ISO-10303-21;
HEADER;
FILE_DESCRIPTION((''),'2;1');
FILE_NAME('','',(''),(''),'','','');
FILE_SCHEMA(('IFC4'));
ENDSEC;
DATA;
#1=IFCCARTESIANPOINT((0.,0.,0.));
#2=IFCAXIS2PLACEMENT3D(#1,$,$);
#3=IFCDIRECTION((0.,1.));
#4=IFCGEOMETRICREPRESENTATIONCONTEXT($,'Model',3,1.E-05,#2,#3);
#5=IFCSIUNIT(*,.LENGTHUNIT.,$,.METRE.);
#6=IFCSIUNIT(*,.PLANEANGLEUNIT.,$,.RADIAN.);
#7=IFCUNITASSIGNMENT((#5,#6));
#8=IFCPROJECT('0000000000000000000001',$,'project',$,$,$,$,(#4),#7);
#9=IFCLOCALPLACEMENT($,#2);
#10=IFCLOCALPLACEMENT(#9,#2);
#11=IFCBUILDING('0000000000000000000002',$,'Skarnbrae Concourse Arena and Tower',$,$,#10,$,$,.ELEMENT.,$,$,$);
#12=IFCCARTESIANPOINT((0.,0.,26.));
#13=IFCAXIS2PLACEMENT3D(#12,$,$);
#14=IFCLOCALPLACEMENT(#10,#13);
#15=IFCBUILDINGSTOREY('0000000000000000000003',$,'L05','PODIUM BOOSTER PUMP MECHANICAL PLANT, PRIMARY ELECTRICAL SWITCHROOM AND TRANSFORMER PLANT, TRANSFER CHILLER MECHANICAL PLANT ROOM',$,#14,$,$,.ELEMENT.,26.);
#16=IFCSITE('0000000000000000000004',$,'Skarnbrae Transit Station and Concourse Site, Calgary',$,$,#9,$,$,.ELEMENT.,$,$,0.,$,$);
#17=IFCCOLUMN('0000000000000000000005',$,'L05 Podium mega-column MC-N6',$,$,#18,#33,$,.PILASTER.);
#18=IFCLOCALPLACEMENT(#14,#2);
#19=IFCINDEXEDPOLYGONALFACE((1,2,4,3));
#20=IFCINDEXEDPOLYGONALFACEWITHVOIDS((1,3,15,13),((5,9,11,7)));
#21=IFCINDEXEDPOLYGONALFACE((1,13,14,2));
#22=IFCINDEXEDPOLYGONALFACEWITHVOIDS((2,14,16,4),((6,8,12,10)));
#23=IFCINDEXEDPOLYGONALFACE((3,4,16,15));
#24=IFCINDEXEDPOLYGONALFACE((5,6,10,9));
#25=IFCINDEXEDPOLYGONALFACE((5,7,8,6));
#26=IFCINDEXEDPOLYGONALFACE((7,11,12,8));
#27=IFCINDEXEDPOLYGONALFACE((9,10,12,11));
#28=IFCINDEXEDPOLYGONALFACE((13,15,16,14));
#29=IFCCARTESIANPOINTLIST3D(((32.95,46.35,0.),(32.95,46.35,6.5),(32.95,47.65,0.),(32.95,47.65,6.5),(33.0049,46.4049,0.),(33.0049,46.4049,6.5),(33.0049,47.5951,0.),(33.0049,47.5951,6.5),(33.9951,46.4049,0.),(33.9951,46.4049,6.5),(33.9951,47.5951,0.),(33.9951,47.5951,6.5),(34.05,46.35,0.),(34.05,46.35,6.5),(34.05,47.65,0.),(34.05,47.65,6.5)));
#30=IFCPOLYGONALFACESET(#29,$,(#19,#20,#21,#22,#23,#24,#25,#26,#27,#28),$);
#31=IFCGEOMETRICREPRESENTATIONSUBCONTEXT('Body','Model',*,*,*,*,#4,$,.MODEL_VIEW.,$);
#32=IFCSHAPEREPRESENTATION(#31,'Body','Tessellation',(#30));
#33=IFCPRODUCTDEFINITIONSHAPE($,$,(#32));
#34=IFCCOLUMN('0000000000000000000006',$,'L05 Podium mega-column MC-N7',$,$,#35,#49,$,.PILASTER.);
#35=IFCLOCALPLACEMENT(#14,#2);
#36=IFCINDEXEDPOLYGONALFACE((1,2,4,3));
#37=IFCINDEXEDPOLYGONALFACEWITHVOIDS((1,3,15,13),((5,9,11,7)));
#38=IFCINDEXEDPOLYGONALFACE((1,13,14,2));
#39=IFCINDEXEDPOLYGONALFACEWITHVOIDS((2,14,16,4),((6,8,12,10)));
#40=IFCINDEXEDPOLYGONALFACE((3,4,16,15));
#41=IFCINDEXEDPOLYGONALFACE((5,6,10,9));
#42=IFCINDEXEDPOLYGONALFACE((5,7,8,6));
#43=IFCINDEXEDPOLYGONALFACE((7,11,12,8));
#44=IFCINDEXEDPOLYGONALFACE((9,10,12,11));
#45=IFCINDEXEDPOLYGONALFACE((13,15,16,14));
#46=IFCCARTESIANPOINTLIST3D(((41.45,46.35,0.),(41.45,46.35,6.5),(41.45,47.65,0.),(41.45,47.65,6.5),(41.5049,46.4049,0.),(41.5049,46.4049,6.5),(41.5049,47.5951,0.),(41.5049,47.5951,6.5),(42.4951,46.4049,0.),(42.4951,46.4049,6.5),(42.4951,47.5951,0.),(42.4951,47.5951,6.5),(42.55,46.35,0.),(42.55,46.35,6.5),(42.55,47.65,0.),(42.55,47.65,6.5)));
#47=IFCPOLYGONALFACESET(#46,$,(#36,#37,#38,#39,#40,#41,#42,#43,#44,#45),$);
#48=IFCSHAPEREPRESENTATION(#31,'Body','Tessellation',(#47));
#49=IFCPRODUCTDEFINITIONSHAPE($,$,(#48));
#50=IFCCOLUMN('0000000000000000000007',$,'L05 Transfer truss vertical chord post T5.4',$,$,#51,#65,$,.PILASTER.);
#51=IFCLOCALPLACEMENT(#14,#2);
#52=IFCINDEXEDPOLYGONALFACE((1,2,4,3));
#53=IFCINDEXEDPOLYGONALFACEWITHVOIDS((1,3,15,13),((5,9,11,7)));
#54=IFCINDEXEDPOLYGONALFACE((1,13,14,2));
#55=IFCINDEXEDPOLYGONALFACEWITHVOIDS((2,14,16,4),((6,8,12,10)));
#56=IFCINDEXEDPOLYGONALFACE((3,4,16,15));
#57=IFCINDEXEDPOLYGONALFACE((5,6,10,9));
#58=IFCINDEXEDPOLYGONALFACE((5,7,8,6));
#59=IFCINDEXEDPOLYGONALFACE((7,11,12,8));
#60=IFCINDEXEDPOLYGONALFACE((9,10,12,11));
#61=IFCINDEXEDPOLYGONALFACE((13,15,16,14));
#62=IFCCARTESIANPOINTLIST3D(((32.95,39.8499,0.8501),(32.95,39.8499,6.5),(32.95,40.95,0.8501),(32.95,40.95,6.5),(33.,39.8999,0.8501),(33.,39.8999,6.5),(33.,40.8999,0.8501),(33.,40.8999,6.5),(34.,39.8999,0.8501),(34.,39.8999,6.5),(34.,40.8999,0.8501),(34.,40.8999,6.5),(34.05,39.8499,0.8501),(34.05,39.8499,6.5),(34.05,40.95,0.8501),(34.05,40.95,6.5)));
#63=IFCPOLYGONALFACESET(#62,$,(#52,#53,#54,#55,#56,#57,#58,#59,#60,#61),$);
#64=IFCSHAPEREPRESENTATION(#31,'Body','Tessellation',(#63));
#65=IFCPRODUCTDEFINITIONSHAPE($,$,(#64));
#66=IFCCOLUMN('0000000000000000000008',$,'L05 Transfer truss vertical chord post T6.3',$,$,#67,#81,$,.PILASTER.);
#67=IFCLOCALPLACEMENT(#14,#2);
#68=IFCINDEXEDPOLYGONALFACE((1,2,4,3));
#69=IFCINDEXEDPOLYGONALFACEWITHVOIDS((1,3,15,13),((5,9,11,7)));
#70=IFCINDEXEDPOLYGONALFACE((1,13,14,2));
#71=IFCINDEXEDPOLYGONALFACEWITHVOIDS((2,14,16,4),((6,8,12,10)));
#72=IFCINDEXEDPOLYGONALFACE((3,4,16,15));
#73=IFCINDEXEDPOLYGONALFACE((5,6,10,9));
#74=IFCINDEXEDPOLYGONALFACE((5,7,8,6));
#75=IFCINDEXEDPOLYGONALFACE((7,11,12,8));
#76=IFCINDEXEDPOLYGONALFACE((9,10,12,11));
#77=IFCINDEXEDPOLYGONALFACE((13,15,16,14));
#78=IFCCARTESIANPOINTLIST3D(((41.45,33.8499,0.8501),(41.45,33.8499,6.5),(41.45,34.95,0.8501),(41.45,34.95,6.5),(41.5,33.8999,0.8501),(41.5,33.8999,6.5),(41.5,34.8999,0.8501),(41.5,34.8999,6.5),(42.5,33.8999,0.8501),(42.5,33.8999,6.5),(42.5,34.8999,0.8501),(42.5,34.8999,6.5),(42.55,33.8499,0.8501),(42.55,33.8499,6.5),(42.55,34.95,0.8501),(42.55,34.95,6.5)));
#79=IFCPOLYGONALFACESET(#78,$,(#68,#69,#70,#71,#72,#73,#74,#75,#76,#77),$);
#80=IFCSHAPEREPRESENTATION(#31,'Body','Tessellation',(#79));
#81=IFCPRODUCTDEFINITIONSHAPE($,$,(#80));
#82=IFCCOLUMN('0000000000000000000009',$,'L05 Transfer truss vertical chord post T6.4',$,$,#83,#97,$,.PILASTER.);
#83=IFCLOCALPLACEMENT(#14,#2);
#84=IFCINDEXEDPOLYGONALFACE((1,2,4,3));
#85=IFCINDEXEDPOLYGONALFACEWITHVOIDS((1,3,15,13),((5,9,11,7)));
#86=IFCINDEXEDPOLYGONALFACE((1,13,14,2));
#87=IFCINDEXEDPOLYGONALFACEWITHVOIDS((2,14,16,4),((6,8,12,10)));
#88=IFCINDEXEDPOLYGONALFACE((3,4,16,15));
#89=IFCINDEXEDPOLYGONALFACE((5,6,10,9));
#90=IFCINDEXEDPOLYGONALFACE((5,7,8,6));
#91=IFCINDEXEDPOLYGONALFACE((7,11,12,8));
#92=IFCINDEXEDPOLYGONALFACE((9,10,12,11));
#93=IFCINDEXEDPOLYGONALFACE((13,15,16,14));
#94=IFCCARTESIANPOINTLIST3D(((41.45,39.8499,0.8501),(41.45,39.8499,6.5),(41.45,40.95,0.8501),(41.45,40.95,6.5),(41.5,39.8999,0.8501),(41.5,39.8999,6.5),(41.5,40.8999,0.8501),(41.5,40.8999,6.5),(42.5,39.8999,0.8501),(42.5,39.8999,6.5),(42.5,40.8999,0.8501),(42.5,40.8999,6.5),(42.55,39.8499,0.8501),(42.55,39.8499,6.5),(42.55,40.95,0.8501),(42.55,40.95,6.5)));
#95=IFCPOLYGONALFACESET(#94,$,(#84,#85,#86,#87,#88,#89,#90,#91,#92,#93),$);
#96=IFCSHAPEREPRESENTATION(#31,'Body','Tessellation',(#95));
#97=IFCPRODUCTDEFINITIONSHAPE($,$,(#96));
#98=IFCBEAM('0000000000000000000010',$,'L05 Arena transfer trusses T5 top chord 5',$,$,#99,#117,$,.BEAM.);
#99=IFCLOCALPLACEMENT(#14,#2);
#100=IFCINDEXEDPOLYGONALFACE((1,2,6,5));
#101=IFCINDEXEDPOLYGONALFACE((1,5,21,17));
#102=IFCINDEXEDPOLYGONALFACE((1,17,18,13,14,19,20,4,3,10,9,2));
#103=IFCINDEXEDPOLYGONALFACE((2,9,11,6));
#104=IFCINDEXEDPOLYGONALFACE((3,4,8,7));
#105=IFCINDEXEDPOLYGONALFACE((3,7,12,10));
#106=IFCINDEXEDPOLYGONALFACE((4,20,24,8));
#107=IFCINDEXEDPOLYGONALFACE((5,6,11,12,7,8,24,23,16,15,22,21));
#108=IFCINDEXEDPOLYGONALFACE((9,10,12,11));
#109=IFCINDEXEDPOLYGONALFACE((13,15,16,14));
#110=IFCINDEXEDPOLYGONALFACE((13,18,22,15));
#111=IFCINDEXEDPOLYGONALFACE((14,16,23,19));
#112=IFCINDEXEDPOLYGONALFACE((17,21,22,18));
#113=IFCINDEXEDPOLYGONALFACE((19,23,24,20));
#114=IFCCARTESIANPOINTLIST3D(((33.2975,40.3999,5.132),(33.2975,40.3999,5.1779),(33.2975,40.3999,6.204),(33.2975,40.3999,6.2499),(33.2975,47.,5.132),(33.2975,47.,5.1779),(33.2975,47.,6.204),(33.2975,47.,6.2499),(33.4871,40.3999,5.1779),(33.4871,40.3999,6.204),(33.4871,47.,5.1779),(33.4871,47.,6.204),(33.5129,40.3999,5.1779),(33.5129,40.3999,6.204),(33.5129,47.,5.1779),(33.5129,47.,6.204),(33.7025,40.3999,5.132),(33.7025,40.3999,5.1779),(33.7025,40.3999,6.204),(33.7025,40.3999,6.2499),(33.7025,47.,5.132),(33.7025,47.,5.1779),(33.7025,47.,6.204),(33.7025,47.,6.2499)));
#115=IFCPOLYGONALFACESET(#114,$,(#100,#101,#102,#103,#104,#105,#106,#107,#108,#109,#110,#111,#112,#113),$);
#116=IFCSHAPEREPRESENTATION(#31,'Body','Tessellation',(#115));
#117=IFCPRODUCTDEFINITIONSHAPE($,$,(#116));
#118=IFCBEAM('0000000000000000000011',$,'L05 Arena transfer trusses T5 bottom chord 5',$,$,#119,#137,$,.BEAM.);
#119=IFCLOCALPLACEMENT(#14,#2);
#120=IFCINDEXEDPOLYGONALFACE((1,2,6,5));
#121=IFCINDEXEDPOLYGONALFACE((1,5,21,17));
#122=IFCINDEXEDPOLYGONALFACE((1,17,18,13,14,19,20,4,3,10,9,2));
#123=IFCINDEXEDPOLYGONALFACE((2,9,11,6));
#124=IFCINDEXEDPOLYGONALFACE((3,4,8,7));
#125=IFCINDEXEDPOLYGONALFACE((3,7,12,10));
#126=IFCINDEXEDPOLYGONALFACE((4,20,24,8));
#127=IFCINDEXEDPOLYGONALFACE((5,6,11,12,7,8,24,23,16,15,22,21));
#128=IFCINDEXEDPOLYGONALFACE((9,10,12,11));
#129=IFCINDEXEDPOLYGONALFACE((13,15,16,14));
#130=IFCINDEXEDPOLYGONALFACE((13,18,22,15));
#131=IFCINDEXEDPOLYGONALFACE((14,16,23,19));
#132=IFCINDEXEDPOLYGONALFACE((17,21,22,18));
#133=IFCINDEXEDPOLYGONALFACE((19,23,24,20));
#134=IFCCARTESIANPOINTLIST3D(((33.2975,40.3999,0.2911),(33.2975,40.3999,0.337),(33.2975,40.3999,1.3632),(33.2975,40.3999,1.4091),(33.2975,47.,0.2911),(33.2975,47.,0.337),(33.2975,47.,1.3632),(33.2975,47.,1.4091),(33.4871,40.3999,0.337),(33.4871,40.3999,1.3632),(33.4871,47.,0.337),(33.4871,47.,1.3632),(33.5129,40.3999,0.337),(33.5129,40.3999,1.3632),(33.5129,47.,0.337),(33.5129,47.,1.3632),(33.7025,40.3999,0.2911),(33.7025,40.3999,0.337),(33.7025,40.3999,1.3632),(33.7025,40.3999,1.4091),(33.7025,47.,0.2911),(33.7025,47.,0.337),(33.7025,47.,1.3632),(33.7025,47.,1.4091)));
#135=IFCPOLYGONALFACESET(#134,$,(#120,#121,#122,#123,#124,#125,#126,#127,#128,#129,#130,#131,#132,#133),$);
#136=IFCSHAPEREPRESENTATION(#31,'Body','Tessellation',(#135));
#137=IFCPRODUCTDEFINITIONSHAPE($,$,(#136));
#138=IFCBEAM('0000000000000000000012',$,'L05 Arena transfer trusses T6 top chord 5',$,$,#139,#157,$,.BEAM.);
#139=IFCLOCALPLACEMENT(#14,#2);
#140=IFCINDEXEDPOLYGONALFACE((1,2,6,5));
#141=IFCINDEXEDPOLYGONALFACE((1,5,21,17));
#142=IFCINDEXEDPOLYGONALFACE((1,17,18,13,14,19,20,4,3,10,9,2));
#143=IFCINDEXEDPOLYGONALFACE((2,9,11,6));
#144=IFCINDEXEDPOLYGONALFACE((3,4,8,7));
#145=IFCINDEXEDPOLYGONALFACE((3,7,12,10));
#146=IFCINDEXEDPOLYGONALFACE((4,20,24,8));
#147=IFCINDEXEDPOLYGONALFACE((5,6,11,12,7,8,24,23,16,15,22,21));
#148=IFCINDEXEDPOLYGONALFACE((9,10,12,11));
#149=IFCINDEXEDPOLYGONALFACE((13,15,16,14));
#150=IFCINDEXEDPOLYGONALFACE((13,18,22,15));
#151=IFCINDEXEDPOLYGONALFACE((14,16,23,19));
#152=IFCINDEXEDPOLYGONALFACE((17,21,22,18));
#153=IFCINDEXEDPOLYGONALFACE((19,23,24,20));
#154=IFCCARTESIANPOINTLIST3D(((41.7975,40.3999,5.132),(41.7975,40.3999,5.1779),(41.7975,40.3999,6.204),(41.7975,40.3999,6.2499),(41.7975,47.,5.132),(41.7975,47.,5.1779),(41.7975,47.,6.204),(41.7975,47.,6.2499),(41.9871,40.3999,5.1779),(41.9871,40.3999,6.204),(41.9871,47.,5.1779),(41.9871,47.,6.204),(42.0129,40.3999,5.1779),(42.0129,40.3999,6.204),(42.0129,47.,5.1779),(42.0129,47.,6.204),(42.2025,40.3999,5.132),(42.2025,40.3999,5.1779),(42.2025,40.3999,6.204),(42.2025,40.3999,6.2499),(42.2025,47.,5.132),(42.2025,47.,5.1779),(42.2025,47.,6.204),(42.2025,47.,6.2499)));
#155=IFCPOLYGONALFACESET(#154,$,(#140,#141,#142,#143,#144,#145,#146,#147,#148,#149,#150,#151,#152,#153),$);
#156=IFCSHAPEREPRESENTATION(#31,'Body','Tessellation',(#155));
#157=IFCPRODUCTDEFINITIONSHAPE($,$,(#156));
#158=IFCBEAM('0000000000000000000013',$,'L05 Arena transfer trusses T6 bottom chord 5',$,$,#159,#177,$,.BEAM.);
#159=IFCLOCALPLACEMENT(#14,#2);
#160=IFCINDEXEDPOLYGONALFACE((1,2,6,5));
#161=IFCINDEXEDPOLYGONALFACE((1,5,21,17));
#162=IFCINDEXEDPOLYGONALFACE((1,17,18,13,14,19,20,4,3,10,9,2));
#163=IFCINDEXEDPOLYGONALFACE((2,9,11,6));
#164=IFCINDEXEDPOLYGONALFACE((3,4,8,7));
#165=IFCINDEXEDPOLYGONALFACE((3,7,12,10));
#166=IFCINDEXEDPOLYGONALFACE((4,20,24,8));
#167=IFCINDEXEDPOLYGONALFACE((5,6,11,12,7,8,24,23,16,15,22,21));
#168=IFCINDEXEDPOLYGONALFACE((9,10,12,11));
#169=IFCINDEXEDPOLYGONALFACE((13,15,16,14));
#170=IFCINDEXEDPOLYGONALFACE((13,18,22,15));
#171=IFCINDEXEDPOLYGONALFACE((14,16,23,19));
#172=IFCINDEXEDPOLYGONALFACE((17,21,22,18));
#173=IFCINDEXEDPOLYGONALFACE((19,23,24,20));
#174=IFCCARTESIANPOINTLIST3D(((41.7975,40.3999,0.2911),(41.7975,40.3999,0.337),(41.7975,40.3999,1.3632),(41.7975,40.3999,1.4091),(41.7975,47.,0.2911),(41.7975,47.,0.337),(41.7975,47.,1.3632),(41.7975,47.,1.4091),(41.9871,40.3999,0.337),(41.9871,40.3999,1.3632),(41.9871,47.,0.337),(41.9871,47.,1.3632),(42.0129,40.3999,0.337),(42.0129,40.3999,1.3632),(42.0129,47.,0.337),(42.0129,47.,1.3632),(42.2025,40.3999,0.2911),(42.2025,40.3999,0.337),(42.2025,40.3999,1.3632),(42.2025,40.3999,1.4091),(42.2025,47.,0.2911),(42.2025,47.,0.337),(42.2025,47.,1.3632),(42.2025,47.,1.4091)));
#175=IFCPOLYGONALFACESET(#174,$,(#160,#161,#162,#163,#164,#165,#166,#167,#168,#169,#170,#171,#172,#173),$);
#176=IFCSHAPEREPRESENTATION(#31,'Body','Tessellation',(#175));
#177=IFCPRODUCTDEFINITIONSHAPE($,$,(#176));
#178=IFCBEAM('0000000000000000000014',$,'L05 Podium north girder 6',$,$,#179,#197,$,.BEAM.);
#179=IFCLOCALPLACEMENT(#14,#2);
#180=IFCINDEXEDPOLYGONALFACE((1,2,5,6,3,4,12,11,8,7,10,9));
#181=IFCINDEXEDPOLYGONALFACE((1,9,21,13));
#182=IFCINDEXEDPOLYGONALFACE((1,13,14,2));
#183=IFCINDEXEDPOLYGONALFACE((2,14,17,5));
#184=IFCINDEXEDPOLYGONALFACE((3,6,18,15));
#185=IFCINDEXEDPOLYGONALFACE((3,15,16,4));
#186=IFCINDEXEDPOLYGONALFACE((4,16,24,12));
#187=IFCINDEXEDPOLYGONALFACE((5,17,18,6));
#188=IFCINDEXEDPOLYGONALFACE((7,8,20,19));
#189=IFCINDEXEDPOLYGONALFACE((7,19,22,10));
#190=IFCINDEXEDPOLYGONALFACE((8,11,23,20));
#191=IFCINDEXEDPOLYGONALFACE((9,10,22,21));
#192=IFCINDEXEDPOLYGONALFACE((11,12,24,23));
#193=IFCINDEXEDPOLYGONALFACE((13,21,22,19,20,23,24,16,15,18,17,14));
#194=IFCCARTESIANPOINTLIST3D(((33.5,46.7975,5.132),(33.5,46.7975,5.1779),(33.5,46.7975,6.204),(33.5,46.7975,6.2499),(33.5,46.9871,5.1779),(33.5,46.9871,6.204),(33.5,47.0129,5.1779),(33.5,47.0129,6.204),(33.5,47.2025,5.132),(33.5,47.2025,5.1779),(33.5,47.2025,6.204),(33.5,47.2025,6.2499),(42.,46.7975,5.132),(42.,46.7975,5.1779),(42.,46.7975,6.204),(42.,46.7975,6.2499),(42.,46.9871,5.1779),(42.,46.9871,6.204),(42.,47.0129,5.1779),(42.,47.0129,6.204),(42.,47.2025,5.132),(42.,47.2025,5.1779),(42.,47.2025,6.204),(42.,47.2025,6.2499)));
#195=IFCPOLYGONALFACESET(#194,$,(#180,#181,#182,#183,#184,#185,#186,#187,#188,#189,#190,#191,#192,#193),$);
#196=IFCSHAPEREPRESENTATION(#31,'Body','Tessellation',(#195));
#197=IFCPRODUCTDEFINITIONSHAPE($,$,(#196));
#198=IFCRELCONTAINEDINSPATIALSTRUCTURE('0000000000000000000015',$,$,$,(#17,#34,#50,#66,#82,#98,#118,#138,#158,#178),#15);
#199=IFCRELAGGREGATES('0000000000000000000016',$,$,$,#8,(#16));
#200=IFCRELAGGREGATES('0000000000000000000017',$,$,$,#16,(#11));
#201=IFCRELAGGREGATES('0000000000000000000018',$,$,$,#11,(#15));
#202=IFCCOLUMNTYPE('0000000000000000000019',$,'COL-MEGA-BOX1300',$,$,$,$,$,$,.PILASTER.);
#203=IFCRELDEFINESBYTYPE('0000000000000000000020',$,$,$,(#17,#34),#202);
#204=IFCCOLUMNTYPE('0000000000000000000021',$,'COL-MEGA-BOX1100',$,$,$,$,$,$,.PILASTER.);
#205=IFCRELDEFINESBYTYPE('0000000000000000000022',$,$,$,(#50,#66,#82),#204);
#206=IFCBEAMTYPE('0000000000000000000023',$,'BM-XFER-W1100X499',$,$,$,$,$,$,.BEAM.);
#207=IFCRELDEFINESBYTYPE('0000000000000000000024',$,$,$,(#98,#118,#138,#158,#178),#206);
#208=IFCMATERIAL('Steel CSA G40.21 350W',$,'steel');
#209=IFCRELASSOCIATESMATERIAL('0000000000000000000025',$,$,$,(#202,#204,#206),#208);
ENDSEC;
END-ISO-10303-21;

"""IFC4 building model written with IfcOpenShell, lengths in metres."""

from ifc_helpers import new_model, si_unit, direction, frame, origin, origin_2d, place, context, subcontext, project, spatial, hollow_rectangle, i_section, extrude, source, transform, mapped, material, material_profile, profile_set, type_object, element, save


model = new_model("IFC4")

# Units and contexts
model_context = context("Model", 3, precision=1e-05, world=origin(), true_north=direction((0.0, 1.0)))
body_context = subcontext(model_context, "Body", "Model", "MODEL_VIEW")
ifc_project = project(units=[si_unit("LENGTHUNIT", "METRE"), si_unit("PLANEANGLEUNIT", "RADIAN")], contexts=[model_context])

# Site, building, storey
site_placement = place(None, origin())
site = spatial("IfcSite", under=ifc_project, at=site_placement, Name="Skarnbrae Transit Station and Concourse Site, Calgary", CompositionType="ELEMENT", RefElevation=0.0)
building_placement = place(site_placement, origin())
building = spatial("IfcBuilding", under=site, at=building_placement, Name="Skarnbrae Concourse Arena and Tower", CompositionType="ELEMENT")
storey_placement = place(building_placement, frame((0.0, 0.0, 26.0)))
storey = spatial("IfcBuildingStorey", under=building, at=storey_placement, Name="L05", Description="PODIUM BOOSTER PUMP MECHANICAL PLANT, PRIMARY ELECTRICAL SWITCHROOM AND TRANSFORMER PLANT, TRANSFER CHILLER MECHANICAL PLANT ROOM", CompositionType="ELEMENT", Elevation=26.0)

# Columns
ifc_material_1 = material(Name="Steel CSA G40.21 350W", Category="steel")
ifc_material_profile_1 = material_profile(ifc_material_1, hollow_rectangle(XDim=1.1001, YDim=1.3, WallThickness=0.0549, at=origin_2d()), Name="BOX1300X1100X55")
ifc_profile_set_1 = profile_set([ifc_material_profile_1], Name="Steel CSA G40.21 350W")
column_type_1 = type_object("IfcColumnType", Name="COL-MEGA-BOX1300", PredefinedType="PILASTER", material=ifc_profile_set_1)
shared_shape_1 = source(origin(), body_context, "Body", "SweptSolid", [
    extrude(hollow_rectangle(XDim=1.1001, YDim=1.3, WallThickness=0.0549, at=origin_2d()), origin(), (0.0, 0.0, 1.0), 6.5),
])
for number, where, z_axis, x_axis, name in (
    (1, (33.5, 47.0, 0.0), (0.0, 0.0, 1.0), (1.0, 0.0, 0.0), "L05 Podium mega-column MC-N6"),
    (2, (42.0, 47.0, 0.0), (0.0, 0.0, 1.0), (1.0, 0.0, 0.0), "L05 Podium mega-column MC-N7"),
):
    element("IfcColumn", number, at=place(storey_placement, frame(where, z_axis=z_axis, x_axis=x_axis)), inside=storey, type_object=column_type_1, Name=name, PredefinedType="PILASTER", context=body_context, shape_type="MappedRepresentation", body=[
        mapped(shared_shape_1, transform((0.0, 0.0, 0.0))),
    ])
ifc_material_profile_2 = material_profile(ifc_material_1, hollow_rectangle(XDim=1.1001, YDim=1.1001, WallThickness=0.05, at=origin_2d()), Name="BOX1100X1100X50")
ifc_profile_set_2 = profile_set([ifc_material_profile_2], Name="Steel CSA G40.21 350W")
column_type_2 = type_object("IfcColumnType", Name="COL-MEGA-BOX1100", PredefinedType="PILASTER", material=ifc_profile_set_2)
shared_shape_2 = source(origin(), body_context, "Body", "SweptSolid", [
    extrude(hollow_rectangle(XDim=1.1001, YDim=1.1001, WallThickness=0.05, at=origin_2d()), origin(), (0.0, 0.0, 1.0), 5.6499),
])
for number, where, z_axis, x_axis, name in (
    (3, (33.5, 40.3999, 0.8501), (0.0, 0.0, 1.0), (1.0, 0.0, 0.0), "L05 Transfer truss vertical chord post T5.4"),
    (4, (42.0, 34.3999, 0.8501), (0.0, 0.0, 1.0), (1.0, 0.0, 0.0), "L05 Transfer truss vertical chord post T6.3"),
    (5, (42.0, 40.3999, 0.8501), (0.0, 0.0, 1.0), (1.0, 0.0, 0.0), "L05 Transfer truss vertical chord post T6.4"),
):
    element("IfcColumn", number, at=place(storey_placement, frame(where, z_axis=z_axis, x_axis=x_axis)), inside=storey, type_object=column_type_2, Name=name, PredefinedType="PILASTER", context=body_context, shape_type="MappedRepresentation", body=[
        mapped(shared_shape_2, transform((0.0, 0.0, 0.0))),
    ])

# Beams
ifc_material_profile_3 = material_profile(ifc_material_1, i_section(OverallWidth=0.405, OverallDepth=1.1179, WebThickness=0.0259, FlangeThickness=0.0459, at=origin_2d()), Name="W1100X499")
ifc_profile_set_3 = profile_set([ifc_material_profile_3], Name="Steel CSA G40.21 350W")
beam_type = type_object("IfcBeamType", Name="BM-XFER-W1100X499", PredefinedType="BEAM", material=ifc_profile_set_3)
shared_shape_3 = source(origin(), body_context, "Body", "SweptSolid", [
    extrude(i_section(OverallWidth=0.405, OverallDepth=1.1179, WebThickness=0.0259, FlangeThickness=0.0459, at=origin_2d()), origin(), (0.0, 0.0, 1.0), 6.6001),
])
for number, where, z_axis, x_axis, name in (
    (6, (33.5, 40.3999, 5.6909), (0.0, 1.0, 0.0), (-1.0, 0.0, 0.0), "L05 Arena transfer trusses T5 top chord 5"),
    (7, (33.5, 40.3999, 0.8501), (0.0, 1.0, 0.0), (-1.0, 0.0, 0.0), "L05 Arena transfer trusses T5 bottom chord 5"),
    (8, (42.0, 40.3999, 5.6909), (0.0, 1.0, 0.0), (-1.0, 0.0, 0.0), "L05 Arena transfer trusses T6 top chord 5"),
    (9, (42.0, 40.3999, 0.8501), (0.0, 1.0, 0.0), (-1.0, 0.0, 0.0), "L05 Arena transfer trusses T6 bottom chord 5"),
):
    element("IfcBeam", number, at=place(storey_placement, frame(where, z_axis=z_axis, x_axis=x_axis)), inside=storey, type_object=beam_type, Name=name, PredefinedType="BEAM", context=body_context, shape_type="MappedRepresentation", body=[
        mapped(shared_shape_3, transform((0.0, 0.0, 0.0))),
    ])
shared_shape_4 = source(origin(), body_context, "Body", "SweptSolid", [
    extrude(i_section(OverallWidth=0.405, OverallDepth=1.1179, WebThickness=0.0259, FlangeThickness=0.0459, at=origin_2d()), origin(), (0.0, 0.0, 1.0), 8.5),
])
for number, where, z_axis, x_axis, name in (
    (10, (33.5, 47.0, 5.6909), (1.0, 0.0, 0.0), (0.0, 1.0, 0.0), "L05 Podium north girder 6"),
):
    element("IfcBeam", number, at=place(storey_placement, frame(where, z_axis=z_axis, x_axis=x_axis)), inside=storey, type_object=beam_type, Name=name, PredefinedType="BEAM", context=body_context, shape_type="MappedRepresentation", body=[
        mapped(shared_shape_4, transform((0.0, 0.0, 0.0))),
    ])

save(model, "model.ifc")
